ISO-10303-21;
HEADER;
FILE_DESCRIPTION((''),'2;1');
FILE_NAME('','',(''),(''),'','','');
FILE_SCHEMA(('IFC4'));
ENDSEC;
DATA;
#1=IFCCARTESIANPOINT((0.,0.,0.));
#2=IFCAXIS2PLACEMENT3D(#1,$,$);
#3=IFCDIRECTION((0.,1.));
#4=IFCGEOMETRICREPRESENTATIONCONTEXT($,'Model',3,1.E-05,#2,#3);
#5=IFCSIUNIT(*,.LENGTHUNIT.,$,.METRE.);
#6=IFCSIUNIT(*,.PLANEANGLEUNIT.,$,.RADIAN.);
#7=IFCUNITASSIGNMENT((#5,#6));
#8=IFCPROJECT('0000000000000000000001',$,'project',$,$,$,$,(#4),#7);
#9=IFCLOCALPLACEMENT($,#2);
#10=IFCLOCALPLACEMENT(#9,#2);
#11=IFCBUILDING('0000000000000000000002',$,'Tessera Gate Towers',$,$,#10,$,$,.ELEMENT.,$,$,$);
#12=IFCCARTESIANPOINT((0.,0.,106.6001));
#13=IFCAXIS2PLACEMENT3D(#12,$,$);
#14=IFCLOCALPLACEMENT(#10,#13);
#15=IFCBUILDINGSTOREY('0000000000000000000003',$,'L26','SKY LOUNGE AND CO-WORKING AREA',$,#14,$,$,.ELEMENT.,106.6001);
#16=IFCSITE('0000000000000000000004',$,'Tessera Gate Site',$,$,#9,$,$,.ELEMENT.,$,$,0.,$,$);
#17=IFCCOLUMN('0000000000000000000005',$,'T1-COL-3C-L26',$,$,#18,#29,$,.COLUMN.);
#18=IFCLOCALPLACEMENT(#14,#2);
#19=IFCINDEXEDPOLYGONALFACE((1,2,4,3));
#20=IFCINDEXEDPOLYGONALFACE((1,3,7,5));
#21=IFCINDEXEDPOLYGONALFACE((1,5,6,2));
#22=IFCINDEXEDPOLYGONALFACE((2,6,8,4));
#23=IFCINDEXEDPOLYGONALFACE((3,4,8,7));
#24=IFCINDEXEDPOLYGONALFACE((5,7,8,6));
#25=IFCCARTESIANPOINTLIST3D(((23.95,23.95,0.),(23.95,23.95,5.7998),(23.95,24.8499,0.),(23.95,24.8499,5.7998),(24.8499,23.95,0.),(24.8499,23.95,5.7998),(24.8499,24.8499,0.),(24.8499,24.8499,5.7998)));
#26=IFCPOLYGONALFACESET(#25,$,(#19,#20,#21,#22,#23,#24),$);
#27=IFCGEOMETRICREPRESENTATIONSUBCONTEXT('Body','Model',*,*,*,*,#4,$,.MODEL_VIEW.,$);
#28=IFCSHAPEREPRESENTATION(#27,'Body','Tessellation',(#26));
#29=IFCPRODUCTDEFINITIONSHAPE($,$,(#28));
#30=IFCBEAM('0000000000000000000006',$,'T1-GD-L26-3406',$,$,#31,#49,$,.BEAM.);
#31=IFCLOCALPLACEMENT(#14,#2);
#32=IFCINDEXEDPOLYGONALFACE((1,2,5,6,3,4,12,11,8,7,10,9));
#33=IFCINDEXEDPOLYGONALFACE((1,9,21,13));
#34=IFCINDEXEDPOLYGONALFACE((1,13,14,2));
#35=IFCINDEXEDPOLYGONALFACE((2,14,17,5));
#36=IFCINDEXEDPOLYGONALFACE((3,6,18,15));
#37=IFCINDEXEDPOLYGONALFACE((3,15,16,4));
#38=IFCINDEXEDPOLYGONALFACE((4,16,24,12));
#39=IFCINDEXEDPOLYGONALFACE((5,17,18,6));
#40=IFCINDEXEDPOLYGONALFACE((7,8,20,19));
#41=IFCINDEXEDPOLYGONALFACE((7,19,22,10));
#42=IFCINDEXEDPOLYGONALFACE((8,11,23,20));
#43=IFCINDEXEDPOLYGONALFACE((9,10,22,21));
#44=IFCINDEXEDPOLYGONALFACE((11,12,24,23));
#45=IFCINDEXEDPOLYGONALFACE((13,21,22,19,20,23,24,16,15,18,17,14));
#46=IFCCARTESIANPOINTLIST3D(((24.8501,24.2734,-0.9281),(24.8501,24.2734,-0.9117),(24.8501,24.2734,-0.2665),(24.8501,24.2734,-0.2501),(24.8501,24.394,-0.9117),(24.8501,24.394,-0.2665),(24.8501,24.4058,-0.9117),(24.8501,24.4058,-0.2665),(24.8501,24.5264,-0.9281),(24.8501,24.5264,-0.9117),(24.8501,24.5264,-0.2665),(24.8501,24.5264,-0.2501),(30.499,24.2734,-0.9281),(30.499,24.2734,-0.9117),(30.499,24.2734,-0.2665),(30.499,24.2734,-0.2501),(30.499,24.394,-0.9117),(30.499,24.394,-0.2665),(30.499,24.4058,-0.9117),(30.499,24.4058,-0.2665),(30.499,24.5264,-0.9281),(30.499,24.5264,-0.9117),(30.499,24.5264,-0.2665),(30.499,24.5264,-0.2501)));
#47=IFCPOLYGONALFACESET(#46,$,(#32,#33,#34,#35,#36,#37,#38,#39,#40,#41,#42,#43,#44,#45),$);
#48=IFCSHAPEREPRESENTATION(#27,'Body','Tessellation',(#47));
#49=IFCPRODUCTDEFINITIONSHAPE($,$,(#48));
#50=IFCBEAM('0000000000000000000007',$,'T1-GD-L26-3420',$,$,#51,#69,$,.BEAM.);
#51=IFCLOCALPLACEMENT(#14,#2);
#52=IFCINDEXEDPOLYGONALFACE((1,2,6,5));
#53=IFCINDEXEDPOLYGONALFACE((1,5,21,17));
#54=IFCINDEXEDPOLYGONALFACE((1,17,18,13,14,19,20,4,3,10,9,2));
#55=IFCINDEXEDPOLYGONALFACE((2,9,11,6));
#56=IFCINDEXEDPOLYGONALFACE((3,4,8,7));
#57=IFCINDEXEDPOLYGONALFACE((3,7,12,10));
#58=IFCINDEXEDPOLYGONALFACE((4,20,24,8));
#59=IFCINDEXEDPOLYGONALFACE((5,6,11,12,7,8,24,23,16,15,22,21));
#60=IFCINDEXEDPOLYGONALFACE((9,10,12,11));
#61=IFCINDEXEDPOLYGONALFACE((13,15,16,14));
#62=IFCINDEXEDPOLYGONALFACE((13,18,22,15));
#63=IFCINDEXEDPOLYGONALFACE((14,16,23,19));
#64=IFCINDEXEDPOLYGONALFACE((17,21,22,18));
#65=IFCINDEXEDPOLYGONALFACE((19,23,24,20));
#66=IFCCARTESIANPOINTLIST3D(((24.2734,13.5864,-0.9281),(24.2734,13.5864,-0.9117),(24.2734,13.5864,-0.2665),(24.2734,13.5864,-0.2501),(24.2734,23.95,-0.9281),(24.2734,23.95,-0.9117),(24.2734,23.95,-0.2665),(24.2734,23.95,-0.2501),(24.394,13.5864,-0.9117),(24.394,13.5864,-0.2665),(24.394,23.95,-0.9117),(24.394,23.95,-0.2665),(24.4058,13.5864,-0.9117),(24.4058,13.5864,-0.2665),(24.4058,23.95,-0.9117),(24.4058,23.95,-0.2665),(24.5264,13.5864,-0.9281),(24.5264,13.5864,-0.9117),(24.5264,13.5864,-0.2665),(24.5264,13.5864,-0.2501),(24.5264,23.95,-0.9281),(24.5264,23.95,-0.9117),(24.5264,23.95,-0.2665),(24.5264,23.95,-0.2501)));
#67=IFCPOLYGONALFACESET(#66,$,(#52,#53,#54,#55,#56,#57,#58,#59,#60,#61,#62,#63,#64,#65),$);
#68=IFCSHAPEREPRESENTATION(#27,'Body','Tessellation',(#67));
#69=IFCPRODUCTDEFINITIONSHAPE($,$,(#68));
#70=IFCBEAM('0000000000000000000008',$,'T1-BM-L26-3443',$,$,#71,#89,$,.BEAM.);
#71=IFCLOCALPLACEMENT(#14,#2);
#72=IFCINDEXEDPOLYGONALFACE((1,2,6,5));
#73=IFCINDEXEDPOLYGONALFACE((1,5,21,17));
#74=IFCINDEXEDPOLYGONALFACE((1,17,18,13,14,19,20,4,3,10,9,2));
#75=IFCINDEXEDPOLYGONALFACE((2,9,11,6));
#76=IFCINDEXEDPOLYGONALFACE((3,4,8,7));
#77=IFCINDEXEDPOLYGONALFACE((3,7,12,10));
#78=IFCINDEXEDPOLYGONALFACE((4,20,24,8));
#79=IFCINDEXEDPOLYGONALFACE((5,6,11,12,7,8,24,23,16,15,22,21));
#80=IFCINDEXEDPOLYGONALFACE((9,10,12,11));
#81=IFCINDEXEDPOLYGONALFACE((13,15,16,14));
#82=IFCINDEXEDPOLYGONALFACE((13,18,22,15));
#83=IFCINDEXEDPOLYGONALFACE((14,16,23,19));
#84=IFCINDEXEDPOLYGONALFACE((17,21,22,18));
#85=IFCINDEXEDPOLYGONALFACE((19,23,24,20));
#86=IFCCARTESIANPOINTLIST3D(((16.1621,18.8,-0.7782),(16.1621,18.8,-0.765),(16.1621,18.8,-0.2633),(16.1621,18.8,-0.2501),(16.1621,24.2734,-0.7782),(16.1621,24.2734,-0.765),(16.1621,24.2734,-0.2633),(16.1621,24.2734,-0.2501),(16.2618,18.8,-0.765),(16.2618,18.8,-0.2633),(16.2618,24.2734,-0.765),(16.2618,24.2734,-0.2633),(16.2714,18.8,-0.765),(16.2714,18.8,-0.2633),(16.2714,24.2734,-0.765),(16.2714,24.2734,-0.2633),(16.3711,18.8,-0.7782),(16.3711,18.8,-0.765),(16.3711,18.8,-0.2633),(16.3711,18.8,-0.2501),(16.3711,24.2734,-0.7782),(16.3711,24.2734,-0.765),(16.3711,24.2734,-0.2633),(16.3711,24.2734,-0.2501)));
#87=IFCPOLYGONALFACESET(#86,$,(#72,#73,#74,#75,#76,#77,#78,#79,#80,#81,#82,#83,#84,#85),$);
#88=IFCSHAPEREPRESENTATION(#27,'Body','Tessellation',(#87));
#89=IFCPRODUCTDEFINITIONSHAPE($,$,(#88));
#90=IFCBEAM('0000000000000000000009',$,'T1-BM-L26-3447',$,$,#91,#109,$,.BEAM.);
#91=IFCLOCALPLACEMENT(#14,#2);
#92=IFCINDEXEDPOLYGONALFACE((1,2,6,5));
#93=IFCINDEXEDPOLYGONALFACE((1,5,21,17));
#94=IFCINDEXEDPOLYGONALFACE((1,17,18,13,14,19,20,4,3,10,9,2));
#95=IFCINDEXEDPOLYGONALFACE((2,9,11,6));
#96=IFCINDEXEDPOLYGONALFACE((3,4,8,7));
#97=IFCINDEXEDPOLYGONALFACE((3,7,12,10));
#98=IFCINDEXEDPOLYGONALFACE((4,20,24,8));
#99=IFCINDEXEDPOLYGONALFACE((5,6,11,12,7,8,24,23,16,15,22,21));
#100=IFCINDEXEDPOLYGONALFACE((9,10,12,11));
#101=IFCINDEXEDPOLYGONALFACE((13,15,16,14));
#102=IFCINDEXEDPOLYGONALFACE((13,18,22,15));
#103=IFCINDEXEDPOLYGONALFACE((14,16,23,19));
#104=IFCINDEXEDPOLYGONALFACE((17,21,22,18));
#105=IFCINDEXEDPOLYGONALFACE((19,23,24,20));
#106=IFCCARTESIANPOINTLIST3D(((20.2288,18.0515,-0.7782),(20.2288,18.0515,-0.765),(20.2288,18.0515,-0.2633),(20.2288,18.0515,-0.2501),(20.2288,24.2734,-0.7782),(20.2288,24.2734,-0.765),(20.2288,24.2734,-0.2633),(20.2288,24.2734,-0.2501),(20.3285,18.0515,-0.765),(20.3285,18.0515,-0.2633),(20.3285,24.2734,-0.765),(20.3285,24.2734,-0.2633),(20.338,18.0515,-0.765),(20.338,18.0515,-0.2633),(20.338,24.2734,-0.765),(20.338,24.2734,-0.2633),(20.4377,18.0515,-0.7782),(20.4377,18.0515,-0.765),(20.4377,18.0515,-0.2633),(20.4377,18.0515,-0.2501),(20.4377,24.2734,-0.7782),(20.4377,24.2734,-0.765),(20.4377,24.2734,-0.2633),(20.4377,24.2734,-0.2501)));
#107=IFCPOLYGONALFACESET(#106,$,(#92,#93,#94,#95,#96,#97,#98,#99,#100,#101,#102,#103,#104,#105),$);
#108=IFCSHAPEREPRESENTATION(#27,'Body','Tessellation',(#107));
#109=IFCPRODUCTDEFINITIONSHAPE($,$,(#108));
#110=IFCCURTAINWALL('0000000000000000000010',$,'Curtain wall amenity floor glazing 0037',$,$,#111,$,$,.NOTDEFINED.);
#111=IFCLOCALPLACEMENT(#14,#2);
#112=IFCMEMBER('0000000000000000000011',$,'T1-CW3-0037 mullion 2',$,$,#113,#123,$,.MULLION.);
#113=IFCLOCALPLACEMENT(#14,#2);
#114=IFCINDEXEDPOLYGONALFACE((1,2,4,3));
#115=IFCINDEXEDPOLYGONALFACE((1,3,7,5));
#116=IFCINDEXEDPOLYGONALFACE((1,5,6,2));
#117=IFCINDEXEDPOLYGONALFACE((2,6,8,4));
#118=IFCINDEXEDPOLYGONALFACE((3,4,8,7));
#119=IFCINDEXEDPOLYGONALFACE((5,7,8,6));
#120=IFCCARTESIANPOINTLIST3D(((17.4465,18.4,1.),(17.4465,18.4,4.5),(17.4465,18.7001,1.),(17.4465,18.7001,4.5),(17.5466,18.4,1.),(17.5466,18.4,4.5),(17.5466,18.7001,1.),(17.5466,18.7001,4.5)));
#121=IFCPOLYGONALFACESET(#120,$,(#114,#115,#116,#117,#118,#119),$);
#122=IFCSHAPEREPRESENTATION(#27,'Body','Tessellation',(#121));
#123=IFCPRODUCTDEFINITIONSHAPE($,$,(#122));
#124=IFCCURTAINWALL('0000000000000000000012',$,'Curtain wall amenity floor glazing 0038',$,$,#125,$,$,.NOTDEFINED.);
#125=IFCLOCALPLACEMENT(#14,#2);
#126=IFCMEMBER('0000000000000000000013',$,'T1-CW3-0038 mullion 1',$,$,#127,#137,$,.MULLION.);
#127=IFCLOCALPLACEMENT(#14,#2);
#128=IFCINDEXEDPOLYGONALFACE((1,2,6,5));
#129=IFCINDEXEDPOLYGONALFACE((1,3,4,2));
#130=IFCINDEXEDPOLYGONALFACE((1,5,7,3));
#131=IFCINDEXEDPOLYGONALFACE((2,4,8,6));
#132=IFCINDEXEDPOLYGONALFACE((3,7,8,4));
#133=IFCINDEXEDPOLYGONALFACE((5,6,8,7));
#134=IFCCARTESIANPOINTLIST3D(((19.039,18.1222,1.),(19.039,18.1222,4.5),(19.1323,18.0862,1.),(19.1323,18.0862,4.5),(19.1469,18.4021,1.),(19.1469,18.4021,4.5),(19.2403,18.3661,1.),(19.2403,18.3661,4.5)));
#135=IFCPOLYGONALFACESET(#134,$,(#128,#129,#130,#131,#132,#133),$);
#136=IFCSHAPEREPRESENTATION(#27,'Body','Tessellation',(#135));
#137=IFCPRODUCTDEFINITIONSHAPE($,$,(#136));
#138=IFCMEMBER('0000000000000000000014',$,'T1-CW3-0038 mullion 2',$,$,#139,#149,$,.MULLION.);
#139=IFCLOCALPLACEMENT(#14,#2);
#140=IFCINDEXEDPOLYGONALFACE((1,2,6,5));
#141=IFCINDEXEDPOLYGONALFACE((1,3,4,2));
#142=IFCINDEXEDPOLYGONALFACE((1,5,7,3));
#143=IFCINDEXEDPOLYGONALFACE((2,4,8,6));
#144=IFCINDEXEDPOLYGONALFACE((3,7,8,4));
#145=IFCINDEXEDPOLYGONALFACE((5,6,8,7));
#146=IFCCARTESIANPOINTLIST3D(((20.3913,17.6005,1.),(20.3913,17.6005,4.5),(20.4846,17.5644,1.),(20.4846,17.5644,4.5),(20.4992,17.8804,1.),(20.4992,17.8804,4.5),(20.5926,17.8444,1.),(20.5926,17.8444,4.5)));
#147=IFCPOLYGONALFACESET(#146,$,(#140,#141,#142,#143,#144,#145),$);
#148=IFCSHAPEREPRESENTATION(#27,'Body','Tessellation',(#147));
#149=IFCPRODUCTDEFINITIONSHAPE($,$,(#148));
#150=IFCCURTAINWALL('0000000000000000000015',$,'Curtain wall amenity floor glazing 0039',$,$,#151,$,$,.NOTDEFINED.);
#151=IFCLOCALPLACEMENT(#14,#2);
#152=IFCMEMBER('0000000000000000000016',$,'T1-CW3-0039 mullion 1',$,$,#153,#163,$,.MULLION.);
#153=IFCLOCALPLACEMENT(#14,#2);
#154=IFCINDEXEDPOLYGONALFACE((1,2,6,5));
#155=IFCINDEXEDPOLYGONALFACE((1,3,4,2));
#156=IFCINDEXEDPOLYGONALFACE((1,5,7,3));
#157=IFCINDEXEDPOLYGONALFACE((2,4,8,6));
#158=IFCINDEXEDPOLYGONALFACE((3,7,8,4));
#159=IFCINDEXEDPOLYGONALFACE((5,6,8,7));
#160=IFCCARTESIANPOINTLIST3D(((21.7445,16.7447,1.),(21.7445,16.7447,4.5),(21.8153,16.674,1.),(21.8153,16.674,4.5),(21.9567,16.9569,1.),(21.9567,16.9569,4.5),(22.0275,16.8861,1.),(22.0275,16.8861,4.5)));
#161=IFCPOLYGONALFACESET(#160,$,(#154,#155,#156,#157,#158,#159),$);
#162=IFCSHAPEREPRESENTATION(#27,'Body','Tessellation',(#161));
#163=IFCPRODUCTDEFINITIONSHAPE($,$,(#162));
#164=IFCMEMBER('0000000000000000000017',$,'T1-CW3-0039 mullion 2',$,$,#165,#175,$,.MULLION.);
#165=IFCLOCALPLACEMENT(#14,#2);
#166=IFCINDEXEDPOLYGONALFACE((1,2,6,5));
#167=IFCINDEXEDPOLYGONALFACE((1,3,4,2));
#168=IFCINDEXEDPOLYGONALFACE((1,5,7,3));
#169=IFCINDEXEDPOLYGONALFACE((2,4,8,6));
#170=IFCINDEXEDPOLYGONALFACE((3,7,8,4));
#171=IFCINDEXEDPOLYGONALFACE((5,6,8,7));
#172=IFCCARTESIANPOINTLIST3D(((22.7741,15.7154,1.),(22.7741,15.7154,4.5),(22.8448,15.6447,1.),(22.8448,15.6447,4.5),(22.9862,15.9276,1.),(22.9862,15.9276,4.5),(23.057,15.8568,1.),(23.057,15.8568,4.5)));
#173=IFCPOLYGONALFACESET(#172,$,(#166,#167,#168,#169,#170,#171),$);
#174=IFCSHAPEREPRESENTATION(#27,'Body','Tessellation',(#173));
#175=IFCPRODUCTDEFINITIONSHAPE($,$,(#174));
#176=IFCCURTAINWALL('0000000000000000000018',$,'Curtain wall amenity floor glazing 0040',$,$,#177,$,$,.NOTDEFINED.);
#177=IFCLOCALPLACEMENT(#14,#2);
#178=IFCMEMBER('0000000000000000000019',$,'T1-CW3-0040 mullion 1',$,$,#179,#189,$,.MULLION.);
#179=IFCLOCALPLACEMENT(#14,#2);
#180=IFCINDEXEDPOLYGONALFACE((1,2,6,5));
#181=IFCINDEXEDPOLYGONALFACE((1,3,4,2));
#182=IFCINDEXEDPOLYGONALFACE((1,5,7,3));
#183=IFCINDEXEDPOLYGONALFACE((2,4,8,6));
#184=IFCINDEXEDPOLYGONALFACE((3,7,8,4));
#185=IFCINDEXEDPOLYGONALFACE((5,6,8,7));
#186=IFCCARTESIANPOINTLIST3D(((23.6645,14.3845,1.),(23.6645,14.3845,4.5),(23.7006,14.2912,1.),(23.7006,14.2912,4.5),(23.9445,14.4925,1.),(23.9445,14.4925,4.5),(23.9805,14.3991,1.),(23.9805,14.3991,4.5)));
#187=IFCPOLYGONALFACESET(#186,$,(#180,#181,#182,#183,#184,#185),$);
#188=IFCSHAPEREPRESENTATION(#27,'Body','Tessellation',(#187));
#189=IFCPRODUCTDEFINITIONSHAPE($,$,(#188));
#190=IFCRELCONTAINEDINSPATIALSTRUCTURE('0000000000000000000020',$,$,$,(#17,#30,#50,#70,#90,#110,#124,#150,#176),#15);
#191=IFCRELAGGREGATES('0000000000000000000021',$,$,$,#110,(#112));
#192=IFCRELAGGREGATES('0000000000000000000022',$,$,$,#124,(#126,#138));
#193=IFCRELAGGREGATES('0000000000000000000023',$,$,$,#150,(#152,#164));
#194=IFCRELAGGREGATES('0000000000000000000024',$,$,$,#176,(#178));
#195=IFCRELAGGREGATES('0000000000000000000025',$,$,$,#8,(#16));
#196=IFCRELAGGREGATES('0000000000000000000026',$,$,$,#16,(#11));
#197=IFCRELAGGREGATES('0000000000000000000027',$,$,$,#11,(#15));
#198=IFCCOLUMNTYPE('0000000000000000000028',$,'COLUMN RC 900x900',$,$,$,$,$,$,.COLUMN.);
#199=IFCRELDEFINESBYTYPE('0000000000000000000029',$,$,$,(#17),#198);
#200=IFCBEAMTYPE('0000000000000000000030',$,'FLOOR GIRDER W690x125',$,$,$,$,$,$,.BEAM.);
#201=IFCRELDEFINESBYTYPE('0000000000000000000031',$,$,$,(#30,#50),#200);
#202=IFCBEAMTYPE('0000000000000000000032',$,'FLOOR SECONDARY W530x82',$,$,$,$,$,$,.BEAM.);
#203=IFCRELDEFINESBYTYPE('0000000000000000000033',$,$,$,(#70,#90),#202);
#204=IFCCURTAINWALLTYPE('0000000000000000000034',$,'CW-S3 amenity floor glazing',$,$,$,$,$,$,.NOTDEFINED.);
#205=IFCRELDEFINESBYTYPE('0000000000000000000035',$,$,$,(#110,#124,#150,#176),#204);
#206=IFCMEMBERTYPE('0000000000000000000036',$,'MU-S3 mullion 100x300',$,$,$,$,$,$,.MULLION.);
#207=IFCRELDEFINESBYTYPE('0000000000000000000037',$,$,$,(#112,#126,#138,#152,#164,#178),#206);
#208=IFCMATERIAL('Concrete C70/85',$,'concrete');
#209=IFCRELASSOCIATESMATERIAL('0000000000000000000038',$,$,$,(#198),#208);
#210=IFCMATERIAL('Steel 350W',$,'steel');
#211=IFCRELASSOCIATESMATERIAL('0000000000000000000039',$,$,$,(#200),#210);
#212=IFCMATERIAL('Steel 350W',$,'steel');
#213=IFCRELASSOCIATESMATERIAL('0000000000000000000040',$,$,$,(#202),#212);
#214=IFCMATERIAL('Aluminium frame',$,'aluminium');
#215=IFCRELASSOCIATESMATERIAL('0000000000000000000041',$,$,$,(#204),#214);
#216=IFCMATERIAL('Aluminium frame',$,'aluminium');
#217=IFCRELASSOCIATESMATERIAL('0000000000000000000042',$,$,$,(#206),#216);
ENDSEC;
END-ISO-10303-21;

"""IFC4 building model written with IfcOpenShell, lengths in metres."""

from ifc_helpers import new_model, si_unit, direction, frame, origin, origin_2d, place, context, subcontext, project, spatial, rectangle, i_section, extrude, material, material_profile, profile_set, type_object, element, aggregate, save


model = new_model("IFC4")

# Units and contexts
model_context = context("Model", 3, precision=1e-05, world=origin(), true_north=direction((0.0, 1.0)))
body_context = subcontext(model_context, "Body", "Model", "MODEL_VIEW")
ifc_project = project(units=[si_unit("LENGTHUNIT", "METRE"), si_unit("PLANEANGLEUNIT", "RADIAN")], contexts=[model_context])

# Site, building, storey
site_placement = place(None, origin())
site = spatial("IfcSite", under=ifc_project, at=site_placement, Name="Tessera Gate Site", CompositionType="ELEMENT", RefElevation=0.0)
building_placement = place(site_placement, origin())
building = spatial("IfcBuilding", under=site, at=building_placement, Name="Tessera Gate Towers", CompositionType="ELEMENT")
storey_placement = place(building_placement, frame((0.0, 0.0, 106.6001)))
storey = spatial("IfcBuildingStorey", under=building, at=storey_placement, Name="L26", Description="SKY LOUNGE AND CO-WORKING AREA", CompositionType="ELEMENT", Elevation=106.6001)

# Column
ifc_material_1 = material(Name="Concrete C70/85", Category="concrete")
ifc_material_profile_1 = material_profile(ifc_material_1, rectangle(XDim=0.8999, YDim=0.8999, at=origin_2d()), Name="RC 900x900")
ifc_profile_set_1 = profile_set([ifc_material_profile_1], Name="Concrete C70/85")
column_type = type_object("IfcColumnType", Name="COLUMN RC 900x900", PredefinedType="COLUMN", material=ifc_profile_set_1)
column_placement = place(storey_placement, frame((24.3999, 24.3999, 0.0), z_axis=(0.0, 0.0, 1.0), x_axis=(1.0, 0.0, 0.0)))
element("IfcColumn", 1, at=column_placement, inside=storey, type_object=column_type, Name="T1-COL-3C-L26", PredefinedType="COLUMN", context=body_context, shape_type="SweptSolid", body=[
    extrude(rectangle(XDim=0.8999, YDim=0.8999, at=origin_2d()), origin(), (0.0, 0.0, 1.0), 5.7998),
])

# Beams
ifc_material_2 = material(Name="Steel 350W", Category="steel")
ifc_material_profile_2 = material_profile(ifc_material_2, i_section(OverallWidth=0.2529, OverallDepth=0.678, WebThickness=0.0117, FlangeThickness=0.0164, at=origin_2d()), Name="W690x125")
ifc_profile_set_2 = profile_set([ifc_material_profile_2], Name="Steel 350W")
beam_type_1 = type_object("IfcBeamType", Name="FLOOR GIRDER W690x125", PredefinedType="BEAM", material=ifc_profile_set_2)
beam_1_placement = place(storey_placement, frame((24.8501, 24.3999, -0.5891), z_axis=(1.0, 0.0, 0.0), x_axis=(0.0, 1.0, 0.0)))
element("IfcBeam", 2, at=beam_1_placement, inside=storey, type_object=beam_type_1, Name="T1-GD-L26-3406", PredefinedType="BEAM", context=body_context, shape_type="SweptSolid", body=[
    extrude(i_section(OverallWidth=0.2529, OverallDepth=0.678, WebThickness=0.0117, FlangeThickness=0.0164, at=origin_2d()), origin(), (0.0, 0.0, 1.0), 5.6489),
])
beam_2_placement = place(storey_placement, frame((24.3999, 13.5864, -0.5891), z_axis=(0.0, 1.0, 0.0), x_axis=(-1.0, 0.0, 0.0)))
element("IfcBeam", 3, at=beam_2_placement, inside=storey, type_object=beam_type_1, Name="T1-GD-L26-3420", PredefinedType="BEAM", context=body_context, shape_type="SweptSolid", body=[
    extrude(i_section(OverallWidth=0.2529, OverallDepth=0.678, WebThickness=0.0117, FlangeThickness=0.0164, at=origin_2d()), origin(), (0.0, 0.0, 1.0), 10.3635),
])
ifc_material_3 = material(Name="Steel 350W", Category="steel")
ifc_material_profile_3 = material_profile(ifc_material_3, i_section(OverallWidth=0.209, OverallDepth=0.5281, WebThickness=0.0095, FlangeThickness=0.0132, at=origin_2d()), Name="W530x82")
ifc_profile_set_3 = profile_set([ifc_material_profile_3], Name="Steel 350W")
beam_type_2 = type_object("IfcBeamType", Name="FLOOR SECONDARY W530x82", PredefinedType="BEAM", material=ifc_profile_set_3)
beam_3_placement = place(storey_placement, frame((16.2666, 18.8, -0.5142), z_axis=(0.0, 1.0, 0.0), x_axis=(-1.0, 0.0, 0.0)))
element("IfcBeam", 4, at=beam_3_placement, inside=storey, type_object=beam_type_2, Name="T1-BM-L26-3443", PredefinedType="BEAM", context=body_context, shape_type="SweptSolid", body=[
    extrude(i_section(OverallWidth=0.209, OverallDepth=0.5281, WebThickness=0.0095, FlangeThickness=0.0132, at=origin_2d()), origin(), (0.0, 0.0, 1.0), 5.4734),
])
beam_4_placement = place(storey_placement, frame((20.3333, 18.0515, -0.5142), z_axis=(0.0, 1.0, 0.0), x_axis=(-1.0, 0.0, 0.0)))
element("IfcBeam", 5, at=beam_4_placement, inside=storey, type_object=beam_type_2, Name="T1-BM-L26-3447", PredefinedType="BEAM", context=body_context, shape_type="SweptSolid", body=[
    extrude(i_section(OverallWidth=0.209, OverallDepth=0.5281, WebThickness=0.0095, FlangeThickness=0.0132, at=origin_2d()), origin(), (0.0, 0.0, 1.0), 6.2219),
])

# Curtain wall, member
ifc_material_4 = material(Name="Aluminium frame", Category="aluminium")
curtain_wall_type = type_object("IfcCurtainWallType", Name="CW-S3 amenity floor glazing", PredefinedType="NOTDEFINED", material=ifc_material_4)
curtain_wall_1_placement = place(storey_placement, origin())
curtain_wall_1 = element("IfcCurtainWall", 6, at=curtain_wall_1_placement, inside=storey, type_object=curtain_wall_type, Name="Curtain wall amenity floor glazing 0037", PredefinedType="NOTDEFINED")
ifc_material_5 = material(Name="Aluminium frame", Category="aluminium")
ifc_material_profile_4 = material_profile(ifc_material_5, rectangle(XDim=0.1001, YDim=0.3, at=origin_2d()), Name="AL 100x300")
ifc_profile_set_4 = profile_set([ifc_material_profile_4], Name="Aluminium frame")
member_type_1 = type_object("IfcMemberType", Name="MU-S3 mullion 100x300", PredefinedType="MULLION", material=ifc_profile_set_4)
member_1_placement = place(storey_placement, frame((17.4966, 18.55, 1.0), z_axis=(0.0, 0.0, 1.0), x_axis=(1.0, 0.0, 0.0)))
member_1 = element("IfcMember", 7, at=member_1_placement, type_object=member_type_1, Name="T1-CW3-0037 mullion 2", PredefinedType="MULLION", context=body_context, shape_type="SweptSolid", body=[
    extrude(rectangle(XDim=0.1001, YDim=0.3, at=origin_2d()), origin(), (0.0, 0.0, 1.0), 3.5),
])

# Curtain walls, members
curtain_wall_2_placement = place(storey_placement, origin())
curtain_wall_2 = element("IfcCurtainWall", 8, at=curtain_wall_2_placement, inside=storey, type_object=curtain_wall_type, Name="Curtain wall amenity floor glazing 0038", PredefinedType="NOTDEFINED")
member_2_placement = place(storey_placement, frame((19.1396, 18.2441, 1.0), z_axis=(0.0, 0.0, 1.0), x_axis=(0.932989, -0.359904, 0.0)))
member_2 = element("IfcMember", 9, at=member_2_placement, type_object=member_type_1, Name="T1-CW3-0038 mullion 1", PredefinedType="MULLION", context=body_context, shape_type="SweptSolid", body=[
    extrude(rectangle(XDim=0.1001, YDim=0.3, at=origin_2d()), origin(), (0.0, 0.0, 1.0), 3.5),
])
member_3_placement = place(storey_placement, frame((20.4919, 17.7224, 1.0), z_axis=(0.0, 0.0, 1.0), x_axis=(0.932989, -0.359904, 0.0)))
member_3 = element("IfcMember", 10, at=member_3_placement, type_object=member_type_1, Name="T1-CW3-0038 mullion 2", PredefinedType="MULLION", context=body_context, shape_type="SweptSolid", body=[
    extrude(rectangle(XDim=0.1001, YDim=0.3, at=origin_2d()), origin(), (0.0, 0.0, 1.0), 3.5),
])
curtain_wall_3_placement = place(storey_placement, origin())
curtain_wall_3 = element("IfcCurtainWall", 11, at=curtain_wall_3_placement, inside=storey, type_object=curtain_wall_type, Name="Curtain wall amenity floor glazing 0039", PredefinedType="NOTDEFINED")
member_4_placement = place(storey_placement, frame((21.886, 16.8154, 1.0), z_axis=(0.0, 0.0, 1.0), x_axis=(0.707107, -0.707107, 0.0)))
member_4 = element("IfcMember", 12, at=member_4_placement, type_object=member_type_1, Name="T1-CW3-0039 mullion 1", PredefinedType="MULLION", context=body_context, shape_type="SweptSolid", body=[
    extrude(rectangle(XDim=0.1001, YDim=0.3, at=origin_2d()), origin(), (0.0, 0.0, 1.0), 3.5),
])
member_5_placement = place(storey_placement, frame((22.9155, 15.7861, 1.0), z_axis=(0.0, 0.0, 1.0), x_axis=(0.707107, -0.707107, 0.0)))
member_5 = element("IfcMember", 13, at=member_5_placement, type_object=member_type_1, Name="T1-CW3-0039 mullion 2", PredefinedType="MULLION", context=body_context, shape_type="SweptSolid", body=[
    extrude(rectangle(XDim=0.1001, YDim=0.3, at=origin_2d()), origin(), (0.0, 0.0, 1.0), 3.5),
])
curtain_wall_4_placement = place(storey_placement, origin())
curtain_wall_4 = element("IfcCurtainWall", 14, at=curtain_wall_4_placement, inside=storey, type_object=curtain_wall_type, Name="Curtain wall amenity floor glazing 0040", PredefinedType="NOTDEFINED")
member_6_placement = place(storey_placement, frame((23.8225, 14.3918, 1.0), z_axis=(0.0, 0.0, 1.0), x_axis=(0.359904, -0.932989, 0.0)))
member_6 = element("IfcMember", 15, at=member_6_placement, type_object=member_type_1, Name="T1-CW3-0040 mullion 1", PredefinedType="MULLION", context=body_context, shape_type="SweptSolid", body=[
    extrude(rectangle(XDim=0.1001, YDim=0.3, at=origin_2d()), origin(), (0.0, 0.0, 1.0), 3.5),
])

aggregate(curtain_wall_1, [member_1])
aggregate(curtain_wall_2, [member_2, member_3])
aggregate(curtain_wall_3, [member_4, member_5])
aggregate(curtain_wall_4, [member_6])

save(model, "model.ifc")
